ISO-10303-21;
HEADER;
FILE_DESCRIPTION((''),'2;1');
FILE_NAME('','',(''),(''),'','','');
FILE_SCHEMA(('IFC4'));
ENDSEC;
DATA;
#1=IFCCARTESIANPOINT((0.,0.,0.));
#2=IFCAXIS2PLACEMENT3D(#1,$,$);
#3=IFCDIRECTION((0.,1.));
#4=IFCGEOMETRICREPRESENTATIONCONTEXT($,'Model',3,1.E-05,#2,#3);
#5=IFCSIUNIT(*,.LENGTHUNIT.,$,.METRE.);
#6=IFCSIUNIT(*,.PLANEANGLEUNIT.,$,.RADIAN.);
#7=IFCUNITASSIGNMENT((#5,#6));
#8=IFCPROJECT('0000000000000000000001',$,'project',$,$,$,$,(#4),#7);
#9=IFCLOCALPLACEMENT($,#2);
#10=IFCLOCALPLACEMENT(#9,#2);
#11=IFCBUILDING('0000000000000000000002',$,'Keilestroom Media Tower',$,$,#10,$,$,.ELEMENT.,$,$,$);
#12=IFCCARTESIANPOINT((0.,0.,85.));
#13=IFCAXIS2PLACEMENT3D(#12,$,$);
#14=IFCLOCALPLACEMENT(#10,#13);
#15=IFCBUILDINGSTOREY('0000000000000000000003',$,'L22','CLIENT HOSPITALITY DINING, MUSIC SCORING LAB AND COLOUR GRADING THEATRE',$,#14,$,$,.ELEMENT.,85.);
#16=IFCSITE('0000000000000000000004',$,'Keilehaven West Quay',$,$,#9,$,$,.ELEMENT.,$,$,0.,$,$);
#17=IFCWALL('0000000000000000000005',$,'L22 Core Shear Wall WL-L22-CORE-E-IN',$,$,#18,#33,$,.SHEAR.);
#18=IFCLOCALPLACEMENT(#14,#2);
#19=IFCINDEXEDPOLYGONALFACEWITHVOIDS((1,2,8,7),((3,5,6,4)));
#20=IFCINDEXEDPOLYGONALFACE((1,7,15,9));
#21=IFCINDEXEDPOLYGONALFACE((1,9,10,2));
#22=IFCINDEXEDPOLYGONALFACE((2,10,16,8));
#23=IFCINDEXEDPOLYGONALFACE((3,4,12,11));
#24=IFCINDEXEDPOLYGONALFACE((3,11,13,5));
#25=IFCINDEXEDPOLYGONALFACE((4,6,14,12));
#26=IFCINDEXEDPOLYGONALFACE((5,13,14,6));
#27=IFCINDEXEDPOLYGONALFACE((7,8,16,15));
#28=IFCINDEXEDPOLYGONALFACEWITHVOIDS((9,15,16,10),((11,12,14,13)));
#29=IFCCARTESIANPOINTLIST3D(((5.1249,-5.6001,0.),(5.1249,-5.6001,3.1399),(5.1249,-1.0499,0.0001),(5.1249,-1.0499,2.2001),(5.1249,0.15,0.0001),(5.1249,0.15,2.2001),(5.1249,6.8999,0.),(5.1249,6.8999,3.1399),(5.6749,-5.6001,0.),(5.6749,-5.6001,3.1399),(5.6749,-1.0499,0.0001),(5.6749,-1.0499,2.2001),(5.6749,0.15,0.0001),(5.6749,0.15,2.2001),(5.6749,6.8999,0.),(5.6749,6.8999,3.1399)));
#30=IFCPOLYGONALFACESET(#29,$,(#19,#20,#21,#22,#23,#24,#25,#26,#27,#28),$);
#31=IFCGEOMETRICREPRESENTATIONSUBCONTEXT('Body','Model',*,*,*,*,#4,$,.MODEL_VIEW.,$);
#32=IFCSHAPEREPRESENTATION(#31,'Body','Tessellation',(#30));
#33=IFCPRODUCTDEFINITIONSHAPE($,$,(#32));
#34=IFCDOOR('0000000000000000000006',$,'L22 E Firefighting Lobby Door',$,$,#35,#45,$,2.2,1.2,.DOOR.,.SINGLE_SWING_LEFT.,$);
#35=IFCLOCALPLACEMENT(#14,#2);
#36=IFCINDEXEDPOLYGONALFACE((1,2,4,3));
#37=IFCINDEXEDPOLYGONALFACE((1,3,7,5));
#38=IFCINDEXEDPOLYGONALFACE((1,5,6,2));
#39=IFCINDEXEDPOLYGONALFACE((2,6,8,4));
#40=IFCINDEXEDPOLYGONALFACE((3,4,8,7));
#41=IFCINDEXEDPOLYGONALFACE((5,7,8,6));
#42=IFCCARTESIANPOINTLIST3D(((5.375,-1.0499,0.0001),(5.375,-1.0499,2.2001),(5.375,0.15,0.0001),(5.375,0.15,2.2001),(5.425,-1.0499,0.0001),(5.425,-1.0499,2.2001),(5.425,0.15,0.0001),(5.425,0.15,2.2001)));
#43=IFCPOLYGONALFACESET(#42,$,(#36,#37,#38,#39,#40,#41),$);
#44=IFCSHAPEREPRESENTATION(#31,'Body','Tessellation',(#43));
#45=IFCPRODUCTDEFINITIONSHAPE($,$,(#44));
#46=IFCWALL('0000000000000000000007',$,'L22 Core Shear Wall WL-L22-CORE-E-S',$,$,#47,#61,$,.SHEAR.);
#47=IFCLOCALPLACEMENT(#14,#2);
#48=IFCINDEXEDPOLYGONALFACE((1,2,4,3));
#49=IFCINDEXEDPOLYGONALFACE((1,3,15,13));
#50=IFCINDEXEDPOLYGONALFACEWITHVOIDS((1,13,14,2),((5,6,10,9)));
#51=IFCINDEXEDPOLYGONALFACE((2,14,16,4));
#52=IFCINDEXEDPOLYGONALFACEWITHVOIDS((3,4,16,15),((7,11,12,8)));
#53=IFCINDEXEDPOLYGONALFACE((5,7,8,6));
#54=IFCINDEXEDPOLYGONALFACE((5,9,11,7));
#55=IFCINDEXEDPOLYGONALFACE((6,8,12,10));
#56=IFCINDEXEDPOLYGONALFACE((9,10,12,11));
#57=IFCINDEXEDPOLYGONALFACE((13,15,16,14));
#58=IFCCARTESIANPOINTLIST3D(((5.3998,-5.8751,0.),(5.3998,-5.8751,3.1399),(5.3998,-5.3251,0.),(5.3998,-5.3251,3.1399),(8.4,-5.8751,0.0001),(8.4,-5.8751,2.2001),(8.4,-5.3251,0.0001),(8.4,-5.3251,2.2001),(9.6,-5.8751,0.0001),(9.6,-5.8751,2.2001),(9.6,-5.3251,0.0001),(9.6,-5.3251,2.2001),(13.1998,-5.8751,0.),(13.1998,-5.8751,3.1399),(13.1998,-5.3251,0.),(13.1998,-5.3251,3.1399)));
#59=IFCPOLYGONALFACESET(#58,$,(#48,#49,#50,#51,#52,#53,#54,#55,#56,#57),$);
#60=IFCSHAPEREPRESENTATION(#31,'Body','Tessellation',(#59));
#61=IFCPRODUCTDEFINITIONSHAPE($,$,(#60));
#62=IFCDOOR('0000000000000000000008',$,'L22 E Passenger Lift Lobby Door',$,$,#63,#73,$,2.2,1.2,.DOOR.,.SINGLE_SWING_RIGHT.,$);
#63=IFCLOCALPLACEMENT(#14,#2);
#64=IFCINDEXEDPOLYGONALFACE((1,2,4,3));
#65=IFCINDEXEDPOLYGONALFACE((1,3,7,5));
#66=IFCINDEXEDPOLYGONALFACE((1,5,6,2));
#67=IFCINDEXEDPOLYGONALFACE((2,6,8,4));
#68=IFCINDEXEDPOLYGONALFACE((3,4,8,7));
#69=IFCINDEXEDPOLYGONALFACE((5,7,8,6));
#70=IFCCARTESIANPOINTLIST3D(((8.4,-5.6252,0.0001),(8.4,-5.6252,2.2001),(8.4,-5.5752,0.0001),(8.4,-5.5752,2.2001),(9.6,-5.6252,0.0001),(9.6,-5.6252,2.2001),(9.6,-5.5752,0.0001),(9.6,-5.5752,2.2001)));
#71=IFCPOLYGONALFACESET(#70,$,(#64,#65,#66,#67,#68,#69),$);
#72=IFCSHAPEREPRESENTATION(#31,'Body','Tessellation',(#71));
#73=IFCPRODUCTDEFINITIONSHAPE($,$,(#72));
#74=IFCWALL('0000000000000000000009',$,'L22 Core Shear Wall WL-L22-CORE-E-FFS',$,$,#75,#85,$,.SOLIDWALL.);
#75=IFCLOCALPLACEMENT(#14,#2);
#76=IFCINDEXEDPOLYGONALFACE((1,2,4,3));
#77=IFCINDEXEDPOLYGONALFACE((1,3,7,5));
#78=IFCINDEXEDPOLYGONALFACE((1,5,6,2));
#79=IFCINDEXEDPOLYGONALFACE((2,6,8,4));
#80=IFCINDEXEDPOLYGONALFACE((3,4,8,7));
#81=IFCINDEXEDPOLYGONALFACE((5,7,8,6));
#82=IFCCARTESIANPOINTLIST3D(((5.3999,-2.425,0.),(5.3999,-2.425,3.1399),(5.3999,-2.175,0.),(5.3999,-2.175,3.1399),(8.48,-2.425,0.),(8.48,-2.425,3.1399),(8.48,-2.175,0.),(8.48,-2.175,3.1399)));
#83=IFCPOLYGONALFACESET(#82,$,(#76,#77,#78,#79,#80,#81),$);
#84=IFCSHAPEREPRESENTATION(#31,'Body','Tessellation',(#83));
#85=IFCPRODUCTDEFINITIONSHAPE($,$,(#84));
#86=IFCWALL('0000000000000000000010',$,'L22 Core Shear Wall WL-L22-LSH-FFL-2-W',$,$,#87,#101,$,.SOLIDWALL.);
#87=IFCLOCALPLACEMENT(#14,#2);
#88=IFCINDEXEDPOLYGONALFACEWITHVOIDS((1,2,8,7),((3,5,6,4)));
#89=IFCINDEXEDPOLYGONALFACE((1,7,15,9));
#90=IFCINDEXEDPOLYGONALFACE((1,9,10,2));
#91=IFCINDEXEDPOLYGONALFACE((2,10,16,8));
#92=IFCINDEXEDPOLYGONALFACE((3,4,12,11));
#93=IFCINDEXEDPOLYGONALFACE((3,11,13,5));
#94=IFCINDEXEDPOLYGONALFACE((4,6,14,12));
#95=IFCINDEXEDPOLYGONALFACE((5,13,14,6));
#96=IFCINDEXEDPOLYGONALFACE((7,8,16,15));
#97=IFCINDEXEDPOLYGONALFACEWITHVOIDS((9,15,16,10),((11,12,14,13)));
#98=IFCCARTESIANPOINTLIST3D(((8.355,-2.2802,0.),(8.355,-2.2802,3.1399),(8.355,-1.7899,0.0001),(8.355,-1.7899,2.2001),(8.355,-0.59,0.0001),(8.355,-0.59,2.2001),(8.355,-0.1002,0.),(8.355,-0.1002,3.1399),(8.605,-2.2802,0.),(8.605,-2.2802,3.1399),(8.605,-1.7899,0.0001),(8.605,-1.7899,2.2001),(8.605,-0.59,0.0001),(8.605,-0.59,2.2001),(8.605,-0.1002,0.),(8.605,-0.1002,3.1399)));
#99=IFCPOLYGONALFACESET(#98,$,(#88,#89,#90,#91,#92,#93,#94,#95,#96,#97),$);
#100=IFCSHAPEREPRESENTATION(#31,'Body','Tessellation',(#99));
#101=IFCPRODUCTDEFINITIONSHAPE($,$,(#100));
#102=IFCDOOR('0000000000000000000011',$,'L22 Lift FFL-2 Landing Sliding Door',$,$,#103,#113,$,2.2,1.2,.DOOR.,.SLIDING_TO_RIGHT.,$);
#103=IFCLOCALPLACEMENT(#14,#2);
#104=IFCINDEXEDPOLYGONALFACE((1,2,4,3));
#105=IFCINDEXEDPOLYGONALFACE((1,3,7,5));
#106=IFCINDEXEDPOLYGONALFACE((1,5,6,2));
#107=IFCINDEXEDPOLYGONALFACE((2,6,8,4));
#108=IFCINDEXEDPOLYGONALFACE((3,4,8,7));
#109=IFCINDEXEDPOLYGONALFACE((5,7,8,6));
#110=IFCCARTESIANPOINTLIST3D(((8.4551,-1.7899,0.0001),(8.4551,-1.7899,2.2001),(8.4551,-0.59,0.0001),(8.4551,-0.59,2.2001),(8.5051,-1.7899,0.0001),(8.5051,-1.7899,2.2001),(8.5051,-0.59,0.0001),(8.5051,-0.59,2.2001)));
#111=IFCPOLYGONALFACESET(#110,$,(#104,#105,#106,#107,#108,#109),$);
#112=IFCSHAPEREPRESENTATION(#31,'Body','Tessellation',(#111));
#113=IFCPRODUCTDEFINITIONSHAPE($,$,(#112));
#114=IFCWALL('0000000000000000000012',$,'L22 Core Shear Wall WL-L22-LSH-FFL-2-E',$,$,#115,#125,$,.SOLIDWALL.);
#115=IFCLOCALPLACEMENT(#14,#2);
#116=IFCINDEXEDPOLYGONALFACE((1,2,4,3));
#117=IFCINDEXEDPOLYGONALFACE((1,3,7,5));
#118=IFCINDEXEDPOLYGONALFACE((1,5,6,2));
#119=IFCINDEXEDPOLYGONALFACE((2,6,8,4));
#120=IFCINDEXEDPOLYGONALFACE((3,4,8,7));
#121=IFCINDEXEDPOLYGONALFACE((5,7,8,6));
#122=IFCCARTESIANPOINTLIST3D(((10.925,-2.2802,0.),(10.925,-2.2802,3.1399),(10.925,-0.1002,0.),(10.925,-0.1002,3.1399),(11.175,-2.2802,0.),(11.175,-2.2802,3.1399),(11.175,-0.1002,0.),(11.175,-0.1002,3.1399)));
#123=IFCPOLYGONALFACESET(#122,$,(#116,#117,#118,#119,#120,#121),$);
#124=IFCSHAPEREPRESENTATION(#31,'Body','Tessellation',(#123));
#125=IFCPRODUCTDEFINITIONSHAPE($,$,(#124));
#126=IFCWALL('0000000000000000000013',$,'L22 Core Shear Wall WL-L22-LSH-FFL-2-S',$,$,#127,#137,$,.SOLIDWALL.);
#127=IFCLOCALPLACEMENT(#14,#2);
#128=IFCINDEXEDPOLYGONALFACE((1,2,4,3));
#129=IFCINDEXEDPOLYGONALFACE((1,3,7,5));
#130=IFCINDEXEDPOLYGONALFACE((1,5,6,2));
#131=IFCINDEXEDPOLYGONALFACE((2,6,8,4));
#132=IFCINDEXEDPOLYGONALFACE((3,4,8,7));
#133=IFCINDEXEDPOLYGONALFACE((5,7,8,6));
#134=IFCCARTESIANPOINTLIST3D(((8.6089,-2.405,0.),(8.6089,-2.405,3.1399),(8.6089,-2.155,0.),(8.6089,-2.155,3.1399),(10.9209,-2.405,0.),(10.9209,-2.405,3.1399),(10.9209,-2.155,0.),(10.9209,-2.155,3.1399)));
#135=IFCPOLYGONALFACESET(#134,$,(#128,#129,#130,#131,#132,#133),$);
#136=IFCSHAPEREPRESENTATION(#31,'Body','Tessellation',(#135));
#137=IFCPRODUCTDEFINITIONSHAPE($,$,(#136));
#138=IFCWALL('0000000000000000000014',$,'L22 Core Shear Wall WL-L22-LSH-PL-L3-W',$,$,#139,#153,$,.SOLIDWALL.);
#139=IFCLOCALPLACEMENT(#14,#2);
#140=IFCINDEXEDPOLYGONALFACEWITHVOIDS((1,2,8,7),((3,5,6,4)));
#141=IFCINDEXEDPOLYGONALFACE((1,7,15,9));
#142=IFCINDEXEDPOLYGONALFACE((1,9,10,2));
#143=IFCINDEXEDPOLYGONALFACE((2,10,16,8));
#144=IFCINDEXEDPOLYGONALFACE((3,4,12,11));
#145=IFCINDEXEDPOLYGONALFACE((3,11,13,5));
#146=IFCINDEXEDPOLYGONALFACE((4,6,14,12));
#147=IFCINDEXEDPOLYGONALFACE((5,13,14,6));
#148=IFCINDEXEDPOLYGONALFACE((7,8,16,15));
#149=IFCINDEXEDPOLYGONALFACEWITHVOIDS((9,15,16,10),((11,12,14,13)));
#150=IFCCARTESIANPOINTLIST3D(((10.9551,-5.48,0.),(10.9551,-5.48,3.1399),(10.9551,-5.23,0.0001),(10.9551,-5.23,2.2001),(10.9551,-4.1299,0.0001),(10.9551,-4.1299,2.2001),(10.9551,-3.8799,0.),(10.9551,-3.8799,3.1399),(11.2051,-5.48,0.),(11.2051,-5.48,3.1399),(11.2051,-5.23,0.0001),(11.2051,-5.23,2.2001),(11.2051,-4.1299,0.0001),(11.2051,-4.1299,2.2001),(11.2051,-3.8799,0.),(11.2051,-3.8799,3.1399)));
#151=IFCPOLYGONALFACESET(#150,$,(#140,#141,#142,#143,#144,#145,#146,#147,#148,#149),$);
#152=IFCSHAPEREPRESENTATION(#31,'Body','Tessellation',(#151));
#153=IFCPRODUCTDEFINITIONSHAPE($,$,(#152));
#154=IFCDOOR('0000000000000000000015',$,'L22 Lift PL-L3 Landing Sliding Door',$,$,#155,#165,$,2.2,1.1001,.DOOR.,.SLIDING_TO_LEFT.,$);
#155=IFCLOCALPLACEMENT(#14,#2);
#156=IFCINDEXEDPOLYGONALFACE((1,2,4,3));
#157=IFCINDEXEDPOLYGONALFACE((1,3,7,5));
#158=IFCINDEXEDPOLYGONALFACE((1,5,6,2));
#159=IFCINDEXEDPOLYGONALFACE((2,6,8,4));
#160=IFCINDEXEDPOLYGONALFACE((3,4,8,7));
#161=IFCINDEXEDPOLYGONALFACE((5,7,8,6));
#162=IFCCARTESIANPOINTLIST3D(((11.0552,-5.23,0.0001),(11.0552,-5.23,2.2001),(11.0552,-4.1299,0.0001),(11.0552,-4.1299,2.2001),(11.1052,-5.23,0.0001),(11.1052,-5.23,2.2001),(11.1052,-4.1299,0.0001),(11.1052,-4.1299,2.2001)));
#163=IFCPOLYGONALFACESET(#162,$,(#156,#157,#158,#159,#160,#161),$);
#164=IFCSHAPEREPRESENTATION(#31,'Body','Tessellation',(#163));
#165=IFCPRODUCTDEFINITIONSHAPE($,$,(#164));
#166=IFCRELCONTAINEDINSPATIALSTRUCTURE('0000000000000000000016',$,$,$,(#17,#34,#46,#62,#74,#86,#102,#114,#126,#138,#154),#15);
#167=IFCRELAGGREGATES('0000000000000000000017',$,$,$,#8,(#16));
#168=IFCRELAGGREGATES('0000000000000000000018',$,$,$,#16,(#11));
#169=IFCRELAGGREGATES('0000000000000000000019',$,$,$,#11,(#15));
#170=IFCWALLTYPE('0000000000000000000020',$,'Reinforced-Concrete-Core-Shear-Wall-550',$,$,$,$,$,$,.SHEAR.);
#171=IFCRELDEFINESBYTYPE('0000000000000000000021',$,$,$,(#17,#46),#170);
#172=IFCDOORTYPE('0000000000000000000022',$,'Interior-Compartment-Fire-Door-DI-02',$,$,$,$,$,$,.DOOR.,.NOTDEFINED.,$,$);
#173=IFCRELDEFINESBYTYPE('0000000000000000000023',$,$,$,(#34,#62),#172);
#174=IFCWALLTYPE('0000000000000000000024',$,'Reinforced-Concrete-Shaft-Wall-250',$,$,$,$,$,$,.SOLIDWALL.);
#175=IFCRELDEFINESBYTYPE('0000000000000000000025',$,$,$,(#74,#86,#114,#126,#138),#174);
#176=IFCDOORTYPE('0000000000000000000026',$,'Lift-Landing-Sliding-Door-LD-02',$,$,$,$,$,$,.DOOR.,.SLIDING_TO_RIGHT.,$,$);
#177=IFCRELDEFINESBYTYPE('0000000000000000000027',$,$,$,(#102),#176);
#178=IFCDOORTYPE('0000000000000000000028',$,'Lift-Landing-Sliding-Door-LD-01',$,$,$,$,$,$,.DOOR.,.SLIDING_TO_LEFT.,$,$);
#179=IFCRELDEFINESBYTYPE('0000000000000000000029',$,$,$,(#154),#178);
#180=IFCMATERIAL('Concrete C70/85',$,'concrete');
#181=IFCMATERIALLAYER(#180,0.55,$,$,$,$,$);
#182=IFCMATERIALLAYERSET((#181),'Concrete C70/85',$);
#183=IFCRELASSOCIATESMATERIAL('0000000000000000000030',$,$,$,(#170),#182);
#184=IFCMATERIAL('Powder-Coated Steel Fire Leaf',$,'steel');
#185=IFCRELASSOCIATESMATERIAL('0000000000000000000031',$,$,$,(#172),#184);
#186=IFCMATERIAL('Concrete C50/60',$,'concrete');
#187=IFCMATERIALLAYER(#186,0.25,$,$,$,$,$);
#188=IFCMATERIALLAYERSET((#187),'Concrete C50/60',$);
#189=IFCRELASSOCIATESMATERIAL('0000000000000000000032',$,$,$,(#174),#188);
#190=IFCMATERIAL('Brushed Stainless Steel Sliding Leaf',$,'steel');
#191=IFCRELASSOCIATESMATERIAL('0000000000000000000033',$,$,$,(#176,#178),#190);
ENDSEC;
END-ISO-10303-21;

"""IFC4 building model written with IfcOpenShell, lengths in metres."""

from ifc_helpers import new_model, si_unit, direction, frame, frame_2d, origin, place, context, subcontext, project, spatial, rectangle, extrude, source, transform, mapped, material, layer, layer_set, type_object, element, fill, save


model = new_model("IFC4")

# Units and contexts
model_context = context("Model", 3, precision=1e-05, world=origin(), true_north=direction((0.0, 1.0)))
body_context = subcontext(model_context, "Body", "Model", "MODEL_VIEW")
ifc_project = project(units=[si_unit("LENGTHUNIT", "METRE"), si_unit("PLANEANGLEUNIT", "RADIAN")], contexts=[model_context])

# Site, building, storey
site_placement = place(None, origin())
site = spatial("IfcSite", under=ifc_project, at=site_placement, Name="Keilehaven West Quay", CompositionType="ELEMENT", RefElevation=0.0)
building_placement = place(site_placement, origin())
building = spatial("IfcBuilding", under=site, at=building_placement, Name="Keilestroom Media Tower", CompositionType="ELEMENT")
storey_placement = place(building_placement, frame((0.0, 0.0, 85.0)))
storey = spatial("IfcBuildingStorey", under=building, at=storey_placement, Name="L22", Description="CLIENT HOSPITALITY DINING, MUSIC SCORING LAB AND COLOUR GRADING THEATRE", CompositionType="ELEMENT", Elevation=85.0)

# Shared definitions
ifc_material_1 = material(Name="Concrete C70/85", Category="concrete")

# Walls, openings, doors
ifc_layer_1 = layer(ifc_material_1, 0.55)
ifc_layer_set_1 = layer_set([ifc_layer_1], Name="Concrete C70/85")
wall_type_1 = type_object("IfcWallType", Name="Reinforced-Concrete-Core-Shear-Wall-550", PredefinedType="SHEAR", material=ifc_layer_set_1)
wall_1_placement = place(storey_placement, frame((5.3999, -5.6001, 0.0), z_axis=(0.0, 0.0, 1.0), x_axis=(0.0, 1.0, 0.0)))
wall_1 = element("IfcWall", 1, at=wall_1_placement, inside=storey, type_object=wall_type_1, Name="L22 Core Shear Wall WL-L22-CORE-E-IN", PredefinedType="SHEAR", context=body_context, shape_type="SweptSolid", body=[
    extrude(rectangle(XDim=12.5, YDim=0.55, at=frame_2d((6.25, 0.0))), origin(), (0.0, 0.0, 1.0), 3.1399),
])
opening_1_placement = place(wall_1_placement, frame((4.55, 0.0, 0.0)))
opening_1 = element("IfcOpeningElement", 2, at=opening_1_placement, cuts=wall_1, PredefinedType="OPENING", context=body_context, shape_type="SweptSolid", body=[
    extrude(rectangle(XDim=1.2, YDim=2.2, at=frame_2d((0.6001, 1.1001))), frame((0.0, 0.2852, 0.0), z_axis=(0.0, -1.0, 0.0), x_axis=(1.0, 0.0, 0.0)), (0.0, 0.0, 1.0), 0.5701),
])
ifc_material_2 = material(Name="Powder-Coated Steel Fire Leaf", Category="steel")
door_type_1 = type_object("IfcDoorType", Name="Interior-Compartment-Fire-Door-DI-02", OperationType="NOTDEFINED", PredefinedType="DOOR", material=ifc_material_2)
shared_shape_1 = source(origin(), body_context, "Body", "SweptSolid", [
    extrude(rectangle(XDim=1.2, YDim=2.2, at=frame_2d((0.6001, 1.1001))), frame((0.0, 0.0249, 0.0), z_axis=(0.0, -1.0, 0.0), x_axis=(1.0, 0.0, 0.0)), (0.0, 0.0, 1.0), 0.05),
])
door_1_placement = place(opening_1_placement, origin())
door_1 = element("IfcDoor", 3, at=door_1_placement, inside=storey, type_object=door_type_1, Name="L22 E Firefighting Lobby Door", OperationType="SINGLE_SWING_LEFT", OverallHeight=2.2, OverallWidth=1.2, PredefinedType="DOOR", context=body_context, shape_type="MappedRepresentation", body=[
    mapped(shared_shape_1, transform((0.0, 0.0, 0.0), x_axis=(1.0, 0.0, 0.0), y_axis=(0.0, 1.0, 0.0), z_axis=(0.0, 0.0, 1.0), scale=1.0)),
])
fill(opening_1, door_1)
wall_2_placement = place(storey_placement, frame((5.3999, -5.6001, 0.0), z_axis=(0.0, 0.0, 1.0), x_axis=(1.0, 0.0, 0.0)))
wall_2 = element("IfcWall", 4, at=wall_2_placement, inside=storey, type_object=wall_type_1, Name="L22 Core Shear Wall WL-L22-CORE-E-S", PredefinedType="SHEAR", context=body_context, shape_type="SweptSolid", body=[
    extrude(rectangle(XDim=7.8, YDim=0.55, at=frame_2d((3.8999, 0.0))), origin(), (0.0, 0.0, 1.0), 3.1399),
])
opening_2_placement = place(wall_2_placement, frame((3.0, 0.0, 0.0)))
opening_2 = element("IfcOpeningElement", 5, at=opening_2_placement, cuts=wall_2, PredefinedType="OPENING", context=body_context, shape_type="SweptSolid", body=[
    extrude(rectangle(XDim=1.2, YDim=2.2, at=frame_2d((0.6001, 1.1001))), frame((0.0, 0.2852, 0.0), z_axis=(0.0, -1.0, 0.0), x_axis=(1.0, 0.0, 0.0)), (0.0, 0.0, 1.0), 0.5701),
])
door_2_placement = place(opening_2_placement, origin())
door_2 = element("IfcDoor", 6, at=door_2_placement, inside=storey, type_object=door_type_1, Name="L22 E Passenger Lift Lobby Door", OperationType="SINGLE_SWING_RIGHT", OverallHeight=2.2, OverallWidth=1.2, PredefinedType="DOOR", context=body_context, shape_type="MappedRepresentation", body=[
    mapped(shared_shape_1, transform((0.0, 0.0, 0.0), x_axis=(1.0, 0.0, 0.0), y_axis=(0.0, 1.0, 0.0), z_axis=(0.0, 0.0, 1.0), scale=1.0)),
])
fill(opening_2, door_2)

# Wall
ifc_material_3 = material(Name="Concrete C50/60", Category="concrete")
ifc_layer_2 = layer(ifc_material_3, 0.25)
ifc_layer_set_2 = layer_set([ifc_layer_2], Name="Concrete C50/60")
wall_type_2 = type_object("IfcWallType", Name="Reinforced-Concrete-Shaft-Wall-250", PredefinedType="SOLIDWALL", material=ifc_layer_set_2)
wall_3_placement = place(storey_placement, frame((5.3999, -2.3, 0.0), z_axis=(0.0, 0.0, 1.0), x_axis=(1.0, 0.0, 0.0)))
element("IfcWall", 7, at=wall_3_placement, inside=storey, type_object=wall_type_2, Name="L22 Core Shear Wall WL-L22-CORE-E-FFS", PredefinedType="SOLIDWALL", context=body_context, shape_type="SweptSolid", body=[
    extrude(rectangle(XDim=3.0801, YDim=0.25, at=frame_2d((1.54, 0.0))), origin(), (0.0, 0.0, 1.0), 3.1399),
])

# Wall, opening, door
wall_4_placement = place(storey_placement, frame((8.48, -2.28, 0.0), z_axis=(0.0, 0.0, 1.0), x_axis=(0.0, 1.0, 0.0)))
wall_4 = element("IfcWall", 8, at=wall_4_placement, inside=storey, type_object=wall_type_2, Name="L22 Core Shear Wall WL-L22-LSH-FFL-2-W", PredefinedType="SOLIDWALL", context=body_context, shape_type="SweptSolid", body=[
    extrude(rectangle(XDim=2.1799, YDim=0.25, at=frame_2d((1.0898, 0.0))), origin(), (0.0, 0.0, 1.0), 3.1399),
])
opening_3_placement = place(wall_4_placement, frame((0.49, 0.0, 0.0)))
opening_3 = element("IfcOpeningElement", 9, at=opening_3_placement, cuts=wall_4, PredefinedType="OPENING", context=body_context, shape_type="SweptSolid", body=[
    extrude(rectangle(XDim=1.2, YDim=2.2, at=frame_2d((0.6001, 1.1001))), frame((0.0, 0.135, 0.0), z_axis=(0.0, -1.0, 0.0), x_axis=(1.0, 0.0, 0.0)), (0.0, 0.0, 1.0), 0.27),
])
ifc_material_4 = material(Name="Brushed Stainless Steel Sliding Leaf", Category="steel")
door_type_2 = type_object("IfcDoorType", Name="Lift-Landing-Sliding-Door-LD-02", OperationType="SLIDING_TO_RIGHT", PredefinedType="DOOR", material=ifc_material_4)
door_3_placement = place(opening_3_placement, origin())
door_3 = element("IfcDoor", 10, at=door_3_placement, inside=storey, type_object=door_type_2, Name="L22 Lift FFL-2 Landing Sliding Door", OperationType="SLIDING_TO_RIGHT", OverallHeight=2.2, OverallWidth=1.2, PredefinedType="DOOR", context=body_context, shape_type="MappedRepresentation", body=[
    mapped(shared_shape_1, transform((0.0, 0.0, 0.0), x_axis=(1.0, 0.0, 0.0), y_axis=(0.0, 1.0, 0.0), z_axis=(0.0, 0.0, 1.0), scale=1.0)),
])
fill(opening_3, door_3)

# Walls
wall_5_placement = place(storey_placement, frame((11.05, -2.28, 0.0), z_axis=(0.0, 0.0, 1.0), x_axis=(0.0, 1.0, 0.0)))
element("IfcWall", 11, at=wall_5_placement, inside=storey, type_object=wall_type_2, Name="L22 Core Shear Wall WL-L22-LSH-FFL-2-E", PredefinedType="SOLIDWALL", context=body_context, shape_type="SweptSolid", body=[
    extrude(rectangle(XDim=2.1799, YDim=0.25, at=frame_2d((1.0898, 0.0))), origin(), (0.0, 0.0, 1.0), 3.1399),
])
wall_6_placement = place(storey_placement, frame((8.6089, -2.28, 0.0), z_axis=(0.0, 0.0, 1.0), x_axis=(1.0, 0.0, 0.0)))
element("IfcWall", 12, at=wall_6_placement, inside=storey, type_object=wall_type_2, Name="L22 Core Shear Wall WL-L22-LSH-FFL-2-S", PredefinedType="SOLIDWALL", context=body_context, shape_type="SweptSolid", body=[
    extrude(rectangle(XDim=2.312, YDim=0.25, at=frame_2d((1.156, 0.0))), origin(), (0.0, 0.0, 1.0), 3.1399),
])

# Wall, opening, door
wall_7_placement = place(storey_placement, frame((11.0801, -5.48, 0.0), z_axis=(0.0, 0.0, 1.0), x_axis=(0.0, 1.0, 0.0)))
wall_7 = element("IfcWall", 13, at=wall_7_placement, inside=storey, type_object=wall_type_2, Name="L22 Core Shear Wall WL-L22-LSH-PL-L3-W", PredefinedType="SOLIDWALL", context=body_context, shape_type="SweptSolid", body=[
    extrude(rectangle(XDim=1.6001, YDim=0.25, at=frame_2d((0.8, 0.0))), origin(), (0.0, 0.0, 1.0), 3.1399),
])
opening_4_placement = place(wall_7_placement, frame((0.25, 0.0, 0.0)))
opening_4 = element("IfcOpeningElement", 14, at=opening_4_placement, cuts=wall_7, PredefinedType="OPENING", context=body_context, shape_type="SweptSolid", body=[
    extrude(rectangle(XDim=1.1001, YDim=2.2, at=frame_2d((0.55, 1.1001))), frame((0.0, 0.135, 0.0), z_axis=(0.0, -1.0, 0.0), x_axis=(1.0, 0.0, 0.0)), (0.0, 0.0, 1.0), 0.27),
])
door_type_3 = type_object("IfcDoorType", Name="Lift-Landing-Sliding-Door-LD-01", OperationType="SLIDING_TO_LEFT", PredefinedType="DOOR", material=ifc_material_4)
shared_shape_2 = source(origin(), body_context, "Body", "SweptSolid", [
    extrude(rectangle(XDim=1.1001, YDim=2.2, at=frame_2d((0.55, 1.1001))), frame((0.0, 0.0249, 0.0), z_axis=(0.0, -1.0, 0.0), x_axis=(1.0, 0.0, 0.0)), (0.0, 0.0, 1.0), 0.05),
])
door_4_placement = place(opening_4_placement, origin())
door_4 = element("IfcDoor", 15, at=door_4_placement, inside=storey, type_object=door_type_3, Name="L22 Lift PL-L3 Landing Sliding Door", OperationType="SLIDING_TO_LEFT", OverallHeight=2.2, OverallWidth=1.1001, PredefinedType="DOOR", context=body_context, shape_type="MappedRepresentation", body=[
    mapped(shared_shape_2, transform((0.0, 0.0, 0.0), x_axis=(1.0, 0.0, 0.0), y_axis=(0.0, 1.0, 0.0), z_axis=(0.0, 0.0, 1.0), scale=1.0)),
])
fill(opening_4, door_4)

save(model, "model.ifc")
